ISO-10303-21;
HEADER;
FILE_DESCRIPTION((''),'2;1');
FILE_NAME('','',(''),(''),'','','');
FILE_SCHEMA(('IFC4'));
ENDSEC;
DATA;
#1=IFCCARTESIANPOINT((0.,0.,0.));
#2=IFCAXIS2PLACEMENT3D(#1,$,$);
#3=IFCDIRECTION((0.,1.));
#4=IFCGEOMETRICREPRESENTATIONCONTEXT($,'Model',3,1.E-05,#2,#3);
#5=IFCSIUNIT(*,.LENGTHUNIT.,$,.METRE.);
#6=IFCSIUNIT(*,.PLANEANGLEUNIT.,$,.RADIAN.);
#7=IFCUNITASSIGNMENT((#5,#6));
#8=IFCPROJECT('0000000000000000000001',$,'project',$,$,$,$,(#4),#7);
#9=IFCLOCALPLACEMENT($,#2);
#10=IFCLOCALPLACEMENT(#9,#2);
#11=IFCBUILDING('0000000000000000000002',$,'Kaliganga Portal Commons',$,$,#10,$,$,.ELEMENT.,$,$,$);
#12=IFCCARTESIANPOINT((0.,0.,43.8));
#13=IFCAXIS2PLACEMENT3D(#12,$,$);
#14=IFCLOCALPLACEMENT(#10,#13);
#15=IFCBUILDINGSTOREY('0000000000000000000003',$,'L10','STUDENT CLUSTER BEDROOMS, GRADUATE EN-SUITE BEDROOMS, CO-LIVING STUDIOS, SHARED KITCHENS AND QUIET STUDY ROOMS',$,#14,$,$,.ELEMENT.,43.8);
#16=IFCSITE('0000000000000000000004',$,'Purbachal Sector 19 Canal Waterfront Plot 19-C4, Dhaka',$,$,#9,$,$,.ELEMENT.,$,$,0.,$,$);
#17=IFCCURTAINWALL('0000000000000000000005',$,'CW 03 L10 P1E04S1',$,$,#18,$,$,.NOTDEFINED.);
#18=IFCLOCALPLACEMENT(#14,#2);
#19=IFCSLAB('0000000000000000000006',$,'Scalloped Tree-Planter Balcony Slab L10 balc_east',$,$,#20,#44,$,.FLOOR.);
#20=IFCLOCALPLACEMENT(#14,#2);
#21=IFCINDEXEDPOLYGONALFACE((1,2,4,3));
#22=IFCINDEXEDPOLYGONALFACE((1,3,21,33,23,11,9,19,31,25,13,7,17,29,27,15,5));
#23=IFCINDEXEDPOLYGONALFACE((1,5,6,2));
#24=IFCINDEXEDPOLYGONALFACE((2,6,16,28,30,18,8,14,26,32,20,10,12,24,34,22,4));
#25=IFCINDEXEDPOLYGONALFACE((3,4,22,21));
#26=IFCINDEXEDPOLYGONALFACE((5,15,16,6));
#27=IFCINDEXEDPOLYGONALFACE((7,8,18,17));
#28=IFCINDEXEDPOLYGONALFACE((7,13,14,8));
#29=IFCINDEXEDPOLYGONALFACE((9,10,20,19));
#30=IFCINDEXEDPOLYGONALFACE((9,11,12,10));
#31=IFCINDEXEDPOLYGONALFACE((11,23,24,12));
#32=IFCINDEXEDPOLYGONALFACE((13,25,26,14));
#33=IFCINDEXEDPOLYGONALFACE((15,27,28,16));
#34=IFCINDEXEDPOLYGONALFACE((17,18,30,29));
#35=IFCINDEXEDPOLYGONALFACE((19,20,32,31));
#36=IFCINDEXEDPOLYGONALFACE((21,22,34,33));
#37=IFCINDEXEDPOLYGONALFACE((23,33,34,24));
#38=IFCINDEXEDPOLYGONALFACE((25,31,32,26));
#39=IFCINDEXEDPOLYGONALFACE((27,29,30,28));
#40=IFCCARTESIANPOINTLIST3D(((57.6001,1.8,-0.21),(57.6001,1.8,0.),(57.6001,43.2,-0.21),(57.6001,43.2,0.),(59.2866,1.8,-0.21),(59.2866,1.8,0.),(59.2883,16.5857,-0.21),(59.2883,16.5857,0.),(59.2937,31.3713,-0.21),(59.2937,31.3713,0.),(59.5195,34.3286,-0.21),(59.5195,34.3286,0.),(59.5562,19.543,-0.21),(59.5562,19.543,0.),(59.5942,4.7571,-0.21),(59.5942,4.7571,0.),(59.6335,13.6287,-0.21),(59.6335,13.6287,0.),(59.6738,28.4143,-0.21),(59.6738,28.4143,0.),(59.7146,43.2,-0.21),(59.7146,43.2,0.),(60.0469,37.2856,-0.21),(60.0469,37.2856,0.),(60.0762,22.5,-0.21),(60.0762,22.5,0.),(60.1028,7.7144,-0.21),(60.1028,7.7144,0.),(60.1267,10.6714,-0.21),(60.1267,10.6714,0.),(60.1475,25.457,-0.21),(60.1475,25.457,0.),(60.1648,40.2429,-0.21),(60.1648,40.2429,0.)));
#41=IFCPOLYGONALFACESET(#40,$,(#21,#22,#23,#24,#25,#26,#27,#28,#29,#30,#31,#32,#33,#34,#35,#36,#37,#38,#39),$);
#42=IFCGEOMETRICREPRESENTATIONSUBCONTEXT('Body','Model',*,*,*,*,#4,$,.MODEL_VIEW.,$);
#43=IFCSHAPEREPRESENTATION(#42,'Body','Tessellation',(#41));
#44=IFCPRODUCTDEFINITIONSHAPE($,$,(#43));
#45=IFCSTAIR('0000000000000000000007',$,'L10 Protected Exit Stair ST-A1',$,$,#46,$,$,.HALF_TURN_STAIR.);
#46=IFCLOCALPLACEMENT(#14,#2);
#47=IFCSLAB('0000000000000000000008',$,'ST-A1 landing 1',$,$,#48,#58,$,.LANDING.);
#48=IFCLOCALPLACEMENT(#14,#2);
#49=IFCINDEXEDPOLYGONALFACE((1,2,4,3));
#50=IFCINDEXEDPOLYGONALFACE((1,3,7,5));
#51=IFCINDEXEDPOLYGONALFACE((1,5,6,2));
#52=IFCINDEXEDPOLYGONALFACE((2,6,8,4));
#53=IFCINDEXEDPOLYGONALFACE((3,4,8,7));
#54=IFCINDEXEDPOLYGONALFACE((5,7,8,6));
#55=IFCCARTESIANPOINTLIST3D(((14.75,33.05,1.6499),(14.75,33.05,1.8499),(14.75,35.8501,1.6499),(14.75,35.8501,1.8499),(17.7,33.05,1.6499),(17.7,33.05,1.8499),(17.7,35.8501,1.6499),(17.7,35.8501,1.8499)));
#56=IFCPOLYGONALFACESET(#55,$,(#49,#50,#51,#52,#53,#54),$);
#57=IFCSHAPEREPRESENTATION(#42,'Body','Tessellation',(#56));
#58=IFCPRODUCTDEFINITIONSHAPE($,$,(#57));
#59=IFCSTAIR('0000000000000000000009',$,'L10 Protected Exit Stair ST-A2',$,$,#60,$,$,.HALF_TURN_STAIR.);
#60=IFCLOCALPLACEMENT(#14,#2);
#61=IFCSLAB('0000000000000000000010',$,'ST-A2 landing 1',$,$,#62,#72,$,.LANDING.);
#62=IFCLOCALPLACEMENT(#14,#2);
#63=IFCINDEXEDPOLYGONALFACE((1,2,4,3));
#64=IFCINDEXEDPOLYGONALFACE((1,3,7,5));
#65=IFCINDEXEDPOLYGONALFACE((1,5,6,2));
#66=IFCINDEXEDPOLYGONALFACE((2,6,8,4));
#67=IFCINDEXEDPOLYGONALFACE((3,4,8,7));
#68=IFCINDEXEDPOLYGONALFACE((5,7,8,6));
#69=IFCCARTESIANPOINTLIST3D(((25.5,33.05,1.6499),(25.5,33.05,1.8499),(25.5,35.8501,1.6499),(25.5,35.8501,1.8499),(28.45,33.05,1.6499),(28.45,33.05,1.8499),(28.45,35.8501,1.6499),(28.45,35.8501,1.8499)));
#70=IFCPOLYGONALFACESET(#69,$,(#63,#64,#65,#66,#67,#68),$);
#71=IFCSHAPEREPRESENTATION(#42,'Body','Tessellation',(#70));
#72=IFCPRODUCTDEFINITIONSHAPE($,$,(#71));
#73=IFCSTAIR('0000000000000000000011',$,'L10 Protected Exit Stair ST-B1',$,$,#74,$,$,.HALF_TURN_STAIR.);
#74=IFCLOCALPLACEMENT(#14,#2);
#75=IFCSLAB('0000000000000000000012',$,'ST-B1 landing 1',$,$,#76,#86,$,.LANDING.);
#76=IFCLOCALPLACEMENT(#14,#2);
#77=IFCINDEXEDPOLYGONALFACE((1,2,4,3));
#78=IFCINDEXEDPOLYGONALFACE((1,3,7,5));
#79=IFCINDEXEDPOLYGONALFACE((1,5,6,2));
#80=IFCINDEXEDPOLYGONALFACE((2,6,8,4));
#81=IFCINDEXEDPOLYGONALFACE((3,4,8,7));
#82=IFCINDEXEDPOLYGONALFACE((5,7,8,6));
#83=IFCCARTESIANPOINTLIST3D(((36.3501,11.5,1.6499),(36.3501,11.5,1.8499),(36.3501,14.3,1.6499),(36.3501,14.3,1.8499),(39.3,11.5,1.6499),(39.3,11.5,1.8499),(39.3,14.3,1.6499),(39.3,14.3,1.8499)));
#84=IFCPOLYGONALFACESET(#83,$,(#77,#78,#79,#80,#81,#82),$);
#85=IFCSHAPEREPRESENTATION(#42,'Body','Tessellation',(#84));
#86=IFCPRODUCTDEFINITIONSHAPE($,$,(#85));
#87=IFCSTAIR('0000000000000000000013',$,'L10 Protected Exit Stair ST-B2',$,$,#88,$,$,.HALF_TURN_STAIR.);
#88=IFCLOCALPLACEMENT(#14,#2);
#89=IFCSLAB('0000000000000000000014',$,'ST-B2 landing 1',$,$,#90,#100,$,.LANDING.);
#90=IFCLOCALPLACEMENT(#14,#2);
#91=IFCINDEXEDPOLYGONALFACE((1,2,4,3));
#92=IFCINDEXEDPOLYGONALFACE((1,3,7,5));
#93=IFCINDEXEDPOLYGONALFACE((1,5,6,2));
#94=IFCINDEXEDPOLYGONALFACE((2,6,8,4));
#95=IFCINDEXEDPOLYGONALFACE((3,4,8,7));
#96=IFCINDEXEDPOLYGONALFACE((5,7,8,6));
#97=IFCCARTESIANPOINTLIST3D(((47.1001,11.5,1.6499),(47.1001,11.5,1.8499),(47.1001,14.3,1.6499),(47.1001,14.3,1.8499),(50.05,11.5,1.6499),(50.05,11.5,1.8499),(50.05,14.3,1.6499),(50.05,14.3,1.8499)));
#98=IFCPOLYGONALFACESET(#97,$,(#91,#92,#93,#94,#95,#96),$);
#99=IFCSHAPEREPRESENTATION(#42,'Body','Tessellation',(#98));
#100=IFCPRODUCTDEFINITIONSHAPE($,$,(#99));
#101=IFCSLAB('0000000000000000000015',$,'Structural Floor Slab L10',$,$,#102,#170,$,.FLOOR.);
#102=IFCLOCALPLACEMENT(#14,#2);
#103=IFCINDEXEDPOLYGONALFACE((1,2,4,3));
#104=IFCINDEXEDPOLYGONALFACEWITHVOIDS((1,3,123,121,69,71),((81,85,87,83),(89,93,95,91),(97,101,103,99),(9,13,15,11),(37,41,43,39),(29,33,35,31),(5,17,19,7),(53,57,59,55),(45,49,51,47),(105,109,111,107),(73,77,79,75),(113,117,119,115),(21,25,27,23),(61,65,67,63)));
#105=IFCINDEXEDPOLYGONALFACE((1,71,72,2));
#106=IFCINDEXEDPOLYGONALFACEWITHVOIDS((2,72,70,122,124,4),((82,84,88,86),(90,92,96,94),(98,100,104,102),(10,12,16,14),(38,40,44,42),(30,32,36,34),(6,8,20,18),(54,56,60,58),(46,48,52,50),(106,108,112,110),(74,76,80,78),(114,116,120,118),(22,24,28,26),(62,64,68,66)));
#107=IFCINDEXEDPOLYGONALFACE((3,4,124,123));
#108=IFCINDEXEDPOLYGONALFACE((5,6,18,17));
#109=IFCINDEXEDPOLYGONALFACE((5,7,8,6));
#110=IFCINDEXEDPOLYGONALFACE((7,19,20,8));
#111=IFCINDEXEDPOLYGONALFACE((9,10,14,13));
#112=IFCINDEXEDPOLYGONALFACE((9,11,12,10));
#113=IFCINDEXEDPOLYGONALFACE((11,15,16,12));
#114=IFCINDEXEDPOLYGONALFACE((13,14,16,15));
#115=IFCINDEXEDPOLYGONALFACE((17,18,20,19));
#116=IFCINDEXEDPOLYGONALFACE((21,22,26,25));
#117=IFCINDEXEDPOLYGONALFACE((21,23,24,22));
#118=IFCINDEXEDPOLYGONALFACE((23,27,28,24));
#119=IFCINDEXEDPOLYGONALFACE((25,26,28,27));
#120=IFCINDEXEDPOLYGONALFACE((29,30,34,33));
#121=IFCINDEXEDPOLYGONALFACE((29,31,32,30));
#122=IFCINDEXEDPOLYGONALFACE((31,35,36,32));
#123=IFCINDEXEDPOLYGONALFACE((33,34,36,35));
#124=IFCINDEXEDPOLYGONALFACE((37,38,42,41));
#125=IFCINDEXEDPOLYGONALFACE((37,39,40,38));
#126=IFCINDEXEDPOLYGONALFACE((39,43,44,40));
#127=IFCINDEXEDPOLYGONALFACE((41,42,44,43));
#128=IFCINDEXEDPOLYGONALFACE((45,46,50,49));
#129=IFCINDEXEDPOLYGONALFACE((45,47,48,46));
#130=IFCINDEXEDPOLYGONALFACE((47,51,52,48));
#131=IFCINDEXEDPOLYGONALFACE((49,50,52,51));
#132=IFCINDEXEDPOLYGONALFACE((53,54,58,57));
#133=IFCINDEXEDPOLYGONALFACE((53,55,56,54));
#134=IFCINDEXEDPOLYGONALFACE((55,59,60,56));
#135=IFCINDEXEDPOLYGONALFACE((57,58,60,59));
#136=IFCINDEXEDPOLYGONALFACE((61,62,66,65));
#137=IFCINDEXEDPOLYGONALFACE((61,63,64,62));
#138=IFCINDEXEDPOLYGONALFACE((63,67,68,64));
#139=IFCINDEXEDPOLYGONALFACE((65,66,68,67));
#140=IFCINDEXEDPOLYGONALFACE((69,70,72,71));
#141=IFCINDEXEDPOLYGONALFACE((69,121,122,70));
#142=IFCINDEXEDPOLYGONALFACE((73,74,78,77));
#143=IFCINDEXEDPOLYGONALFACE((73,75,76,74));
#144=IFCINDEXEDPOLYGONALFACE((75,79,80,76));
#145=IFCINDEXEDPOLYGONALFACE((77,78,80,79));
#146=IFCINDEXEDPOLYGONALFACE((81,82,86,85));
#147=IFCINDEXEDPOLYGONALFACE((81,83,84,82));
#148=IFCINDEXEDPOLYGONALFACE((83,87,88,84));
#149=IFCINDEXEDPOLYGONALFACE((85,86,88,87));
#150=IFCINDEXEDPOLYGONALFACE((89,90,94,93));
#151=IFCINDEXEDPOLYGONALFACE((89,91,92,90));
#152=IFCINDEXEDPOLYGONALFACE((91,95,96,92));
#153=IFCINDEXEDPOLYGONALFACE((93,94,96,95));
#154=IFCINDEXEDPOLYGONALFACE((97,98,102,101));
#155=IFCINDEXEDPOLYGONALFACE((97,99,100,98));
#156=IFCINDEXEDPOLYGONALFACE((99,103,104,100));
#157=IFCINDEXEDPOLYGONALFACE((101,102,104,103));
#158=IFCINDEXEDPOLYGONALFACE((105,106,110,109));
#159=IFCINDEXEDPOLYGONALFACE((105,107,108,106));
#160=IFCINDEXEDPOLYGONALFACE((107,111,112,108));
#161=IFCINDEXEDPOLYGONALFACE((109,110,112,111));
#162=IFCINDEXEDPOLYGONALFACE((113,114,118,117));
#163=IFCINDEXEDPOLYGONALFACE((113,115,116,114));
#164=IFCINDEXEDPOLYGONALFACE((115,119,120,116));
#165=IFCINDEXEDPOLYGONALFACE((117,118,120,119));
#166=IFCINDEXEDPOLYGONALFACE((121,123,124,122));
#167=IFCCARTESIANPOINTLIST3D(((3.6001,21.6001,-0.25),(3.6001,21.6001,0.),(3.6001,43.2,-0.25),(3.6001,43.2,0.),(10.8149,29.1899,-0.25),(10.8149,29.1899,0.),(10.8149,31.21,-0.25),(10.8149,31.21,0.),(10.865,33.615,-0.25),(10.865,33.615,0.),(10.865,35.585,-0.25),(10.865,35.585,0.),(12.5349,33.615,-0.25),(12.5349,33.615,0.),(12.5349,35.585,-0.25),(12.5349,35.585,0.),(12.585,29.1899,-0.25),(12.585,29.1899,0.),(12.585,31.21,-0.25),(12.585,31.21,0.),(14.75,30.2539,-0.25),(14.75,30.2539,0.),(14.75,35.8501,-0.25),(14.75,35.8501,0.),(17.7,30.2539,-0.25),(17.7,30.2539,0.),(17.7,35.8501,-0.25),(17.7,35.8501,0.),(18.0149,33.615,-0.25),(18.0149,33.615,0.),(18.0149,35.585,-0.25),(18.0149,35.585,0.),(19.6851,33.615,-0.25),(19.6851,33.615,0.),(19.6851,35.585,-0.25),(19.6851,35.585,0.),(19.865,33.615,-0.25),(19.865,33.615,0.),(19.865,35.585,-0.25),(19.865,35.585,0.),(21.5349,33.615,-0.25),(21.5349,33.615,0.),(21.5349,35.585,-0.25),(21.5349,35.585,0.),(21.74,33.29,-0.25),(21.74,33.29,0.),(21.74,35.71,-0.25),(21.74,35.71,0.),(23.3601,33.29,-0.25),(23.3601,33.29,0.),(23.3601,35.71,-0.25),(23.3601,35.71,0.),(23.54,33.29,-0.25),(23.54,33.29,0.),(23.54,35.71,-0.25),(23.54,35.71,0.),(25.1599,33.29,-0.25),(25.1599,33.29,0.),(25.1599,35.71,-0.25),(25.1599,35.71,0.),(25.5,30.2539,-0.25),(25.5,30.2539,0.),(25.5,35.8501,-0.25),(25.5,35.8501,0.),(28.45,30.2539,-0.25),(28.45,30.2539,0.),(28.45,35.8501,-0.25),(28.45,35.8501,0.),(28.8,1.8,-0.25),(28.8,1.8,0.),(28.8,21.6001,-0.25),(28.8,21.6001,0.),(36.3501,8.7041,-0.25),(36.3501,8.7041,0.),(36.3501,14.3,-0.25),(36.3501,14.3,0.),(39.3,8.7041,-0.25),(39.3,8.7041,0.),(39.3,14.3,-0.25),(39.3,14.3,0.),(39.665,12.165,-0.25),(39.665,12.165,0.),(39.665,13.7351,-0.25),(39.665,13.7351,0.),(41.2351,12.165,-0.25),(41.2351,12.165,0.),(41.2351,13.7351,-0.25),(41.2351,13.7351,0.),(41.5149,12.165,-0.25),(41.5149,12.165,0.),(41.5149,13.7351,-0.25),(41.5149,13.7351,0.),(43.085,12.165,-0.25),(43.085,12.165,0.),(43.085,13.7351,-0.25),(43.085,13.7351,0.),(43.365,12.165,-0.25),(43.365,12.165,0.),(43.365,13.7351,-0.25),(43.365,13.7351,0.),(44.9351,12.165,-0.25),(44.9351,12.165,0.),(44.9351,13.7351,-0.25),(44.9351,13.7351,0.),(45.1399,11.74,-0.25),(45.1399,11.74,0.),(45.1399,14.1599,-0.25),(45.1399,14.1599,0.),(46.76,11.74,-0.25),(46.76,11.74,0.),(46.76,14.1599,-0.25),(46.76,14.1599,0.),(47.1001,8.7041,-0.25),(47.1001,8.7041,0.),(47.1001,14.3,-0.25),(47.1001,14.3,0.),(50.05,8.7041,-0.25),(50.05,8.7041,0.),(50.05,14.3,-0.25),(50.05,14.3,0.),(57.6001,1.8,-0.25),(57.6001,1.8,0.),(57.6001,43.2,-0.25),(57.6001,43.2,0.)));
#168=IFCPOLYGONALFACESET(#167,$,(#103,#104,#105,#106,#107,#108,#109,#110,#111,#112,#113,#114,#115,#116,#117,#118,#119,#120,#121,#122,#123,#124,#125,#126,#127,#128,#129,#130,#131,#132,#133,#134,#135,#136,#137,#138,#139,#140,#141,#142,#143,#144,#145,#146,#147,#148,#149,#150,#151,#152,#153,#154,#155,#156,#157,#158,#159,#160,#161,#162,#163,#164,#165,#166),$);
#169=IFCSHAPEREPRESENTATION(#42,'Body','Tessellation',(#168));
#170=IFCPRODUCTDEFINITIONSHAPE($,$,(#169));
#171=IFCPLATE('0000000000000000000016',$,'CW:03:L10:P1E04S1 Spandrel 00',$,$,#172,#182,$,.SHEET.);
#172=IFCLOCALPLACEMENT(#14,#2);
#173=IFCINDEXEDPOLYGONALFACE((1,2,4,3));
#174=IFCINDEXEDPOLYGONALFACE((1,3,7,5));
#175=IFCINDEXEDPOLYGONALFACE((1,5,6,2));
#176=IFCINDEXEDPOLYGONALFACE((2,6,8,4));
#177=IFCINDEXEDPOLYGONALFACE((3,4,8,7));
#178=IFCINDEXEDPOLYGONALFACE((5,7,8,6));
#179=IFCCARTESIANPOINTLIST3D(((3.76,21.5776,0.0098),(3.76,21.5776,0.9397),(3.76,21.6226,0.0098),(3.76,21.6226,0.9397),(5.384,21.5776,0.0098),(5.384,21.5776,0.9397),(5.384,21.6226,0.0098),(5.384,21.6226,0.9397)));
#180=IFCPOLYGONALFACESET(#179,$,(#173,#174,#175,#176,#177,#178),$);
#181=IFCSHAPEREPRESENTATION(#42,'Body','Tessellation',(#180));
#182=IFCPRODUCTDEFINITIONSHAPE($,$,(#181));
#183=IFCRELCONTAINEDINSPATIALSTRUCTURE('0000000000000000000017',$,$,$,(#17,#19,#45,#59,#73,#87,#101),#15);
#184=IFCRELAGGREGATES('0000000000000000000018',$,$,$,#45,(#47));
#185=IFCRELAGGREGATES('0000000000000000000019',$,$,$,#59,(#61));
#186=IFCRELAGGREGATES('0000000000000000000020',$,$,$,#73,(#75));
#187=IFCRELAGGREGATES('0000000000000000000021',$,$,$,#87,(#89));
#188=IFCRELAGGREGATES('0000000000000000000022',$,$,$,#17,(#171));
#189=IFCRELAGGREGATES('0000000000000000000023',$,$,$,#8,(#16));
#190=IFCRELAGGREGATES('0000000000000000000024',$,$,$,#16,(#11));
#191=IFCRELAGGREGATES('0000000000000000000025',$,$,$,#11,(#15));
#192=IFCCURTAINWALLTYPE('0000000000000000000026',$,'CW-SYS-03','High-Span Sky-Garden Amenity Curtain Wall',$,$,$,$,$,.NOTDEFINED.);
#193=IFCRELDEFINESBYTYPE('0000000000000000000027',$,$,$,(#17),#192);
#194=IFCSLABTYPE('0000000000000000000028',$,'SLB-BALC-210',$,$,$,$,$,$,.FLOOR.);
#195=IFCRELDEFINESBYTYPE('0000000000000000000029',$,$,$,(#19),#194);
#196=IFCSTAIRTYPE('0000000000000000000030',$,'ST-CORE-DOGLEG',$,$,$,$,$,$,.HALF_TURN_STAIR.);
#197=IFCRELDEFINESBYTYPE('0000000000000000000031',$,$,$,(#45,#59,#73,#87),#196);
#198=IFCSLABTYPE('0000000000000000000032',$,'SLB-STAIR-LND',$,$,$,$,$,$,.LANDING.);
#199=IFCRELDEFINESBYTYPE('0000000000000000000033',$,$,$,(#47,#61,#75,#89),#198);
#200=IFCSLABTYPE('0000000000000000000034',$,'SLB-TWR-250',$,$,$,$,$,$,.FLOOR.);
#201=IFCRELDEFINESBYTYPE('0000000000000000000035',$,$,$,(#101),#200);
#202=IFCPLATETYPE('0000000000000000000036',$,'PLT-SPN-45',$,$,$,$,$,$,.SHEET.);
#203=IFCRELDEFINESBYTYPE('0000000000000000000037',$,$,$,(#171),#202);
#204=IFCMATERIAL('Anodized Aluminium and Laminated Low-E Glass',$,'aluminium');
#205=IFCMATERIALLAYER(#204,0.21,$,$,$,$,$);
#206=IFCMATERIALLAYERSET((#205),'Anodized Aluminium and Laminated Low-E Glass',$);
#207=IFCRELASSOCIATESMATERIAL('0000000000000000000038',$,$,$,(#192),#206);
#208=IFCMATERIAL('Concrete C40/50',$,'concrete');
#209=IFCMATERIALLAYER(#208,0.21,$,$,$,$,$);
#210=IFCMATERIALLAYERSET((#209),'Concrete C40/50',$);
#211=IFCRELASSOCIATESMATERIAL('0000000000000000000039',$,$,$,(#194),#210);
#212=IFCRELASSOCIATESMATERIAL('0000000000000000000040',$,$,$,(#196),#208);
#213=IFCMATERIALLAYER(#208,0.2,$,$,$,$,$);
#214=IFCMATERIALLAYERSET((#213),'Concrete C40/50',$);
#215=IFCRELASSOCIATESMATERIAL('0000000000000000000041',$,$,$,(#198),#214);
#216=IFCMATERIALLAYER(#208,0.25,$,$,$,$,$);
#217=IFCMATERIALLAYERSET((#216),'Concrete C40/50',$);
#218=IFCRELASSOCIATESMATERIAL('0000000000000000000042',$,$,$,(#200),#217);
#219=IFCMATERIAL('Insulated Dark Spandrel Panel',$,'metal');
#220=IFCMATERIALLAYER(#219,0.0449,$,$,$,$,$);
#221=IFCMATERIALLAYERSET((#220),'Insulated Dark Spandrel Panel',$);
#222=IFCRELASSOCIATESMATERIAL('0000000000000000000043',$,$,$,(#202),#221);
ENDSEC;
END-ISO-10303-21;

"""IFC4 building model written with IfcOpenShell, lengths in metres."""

from ifc_helpers import new_model, si_unit, direction, frame, origin, origin_2d, place, context, subcontext, project, spatial, polyline, rectangle, outline, extrude, source, transform, mapped, material, layer, layer_set, type_object, element, aggregate, save


model = new_model("IFC4")

# Units and contexts
model_context = context("Model", 3, precision=1e-05, world=origin(), true_north=direction((0.0, 1.0)))
body_context = subcontext(model_context, "Body", "Model", "MODEL_VIEW")
ifc_project = project(units=[si_unit("LENGTHUNIT", "METRE"), si_unit("PLANEANGLEUNIT", "RADIAN")], contexts=[model_context])

# Site, building, storey
site_placement = place(None, origin())
site = spatial("IfcSite", under=ifc_project, at=site_placement, Name="Purbachal Sector 19 Canal Waterfront Plot 19-C4, Dhaka", CompositionType="ELEMENT", RefElevation=0.0)
building_placement = place(site_placement, origin())
building = spatial("IfcBuilding", under=site, at=building_placement, Name="Kaliganga Portal Commons", CompositionType="ELEMENT")
storey_placement = place(building_placement, frame((0.0, 0.0, 43.8)))
storey = spatial("IfcBuildingStorey", under=building, at=storey_placement, Name="L10", Description="STUDENT CLUSTER BEDROOMS, GRADUATE EN-SUITE BEDROOMS, CO-LIVING STUDIOS, SHARED KITCHENS AND QUIET STUDY ROOMS", CompositionType="ELEMENT", Elevation=43.8)

# Curtain wall
ifc_material_1 = material(Name="Anodized Aluminium and Laminated Low-E Glass", Category="aluminium")
ifc_layer_1 = layer(ifc_material_1, 0.21)
ifc_layer_set_1 = layer_set([ifc_layer_1], Name="Anodized Aluminium and Laminated Low-E Glass")
curtain_wall_type = type_object("IfcCurtainWallType", Name="CW-SYS-03", Description="High-Span Sky-Garden Amenity Curtain Wall", PredefinedType="NOTDEFINED", material=ifc_layer_set_1)
curtain_wall_placement = place(storey_placement, origin())
curtain_wall = element("IfcCurtainWall", 1, at=curtain_wall_placement, inside=storey, type_object=curtain_wall_type, Name="CW 03 L10 P1E04S1", PredefinedType="NOTDEFINED")

# Slab
ifc_material_2 = material(Name="Concrete C40/50", Category="concrete")
ifc_layer_2 = layer(ifc_material_2, 0.21)
ifc_layer_set_2 = layer_set([ifc_layer_2], Name="Concrete C40/50")
slab_type_1 = type_object("IfcSlabType", Name="SLB-BALC-210", PredefinedType="FLOOR", material=ifc_layer_set_2)
slab_1_placement = place(storey_placement, frame((0.0, 0.0, -0.21)))
element("IfcSlab", 2, at=slab_1_placement, inside=storey, type_object=slab_type_1, Name="Scalloped Tree-Planter Balcony Slab L10 balc_east", PredefinedType="FLOOR", context=body_context, shape_type="SweptSolid", body=[
    extrude(outline(polyline([(57.6001, 1.8), (59.2866, 1.8), (59.5942, 4.7571), (60.1028, 7.7144), (60.1267, 10.6714), (59.6335, 13.6287), (59.2883, 16.5857), (59.5562, 19.543), (60.0762, 22.5), (60.1475, 25.457), (59.6738, 28.4143), (59.2937, 31.3713), (59.5195, 34.3286), (60.0469, 37.2856), (60.1648, 40.2429), (59.7146, 43.2), (57.6001, 43.2), (57.6001, 1.8)])), origin(), (0.0, 0.0, 1.0), 0.21),
])

# Stairs, slabs
stair_type = type_object("IfcStairType", Name="ST-CORE-DOGLEG", PredefinedType="HALF_TURN_STAIR", material=ifc_material_2)
stair_1_placement = place(storey_placement, origin())
stair_1 = element("IfcStair", 3, at=stair_1_placement, inside=storey, type_object=stair_type, Name="L10 Protected Exit Stair ST-A1", PredefinedType="HALF_TURN_STAIR")
ifc_layer_3 = layer(ifc_material_2, 0.2)
ifc_layer_set_3 = layer_set([ifc_layer_3], Name="Concrete C40/50")
slab_type_2 = type_object("IfcSlabType", Name="SLB-STAIR-LND", PredefinedType="LANDING", material=ifc_layer_set_3)
slab_2_placement = place(storey_placement, frame((0.0, 0.0, 1.6499)))
slab_2 = element("IfcSlab", 4, at=slab_2_placement, type_object=slab_type_2, Name="ST-A1 landing 1", PredefinedType="LANDING", context=body_context, shape_type="SweptSolid", body=[
    extrude(outline(polyline([(17.7, 33.05), (17.7, 35.8501), (14.75, 35.8501), (14.75, 33.05), (17.7, 33.05)])), origin(), (0.0, 0.0, 1.0), 0.2),
])
aggregate(stair_1, [slab_2])
stair_2_placement = place(storey_placement, origin())
stair_2 = element("IfcStair", 5, at=stair_2_placement, inside=storey, type_object=stair_type, Name="L10 Protected Exit Stair ST-A2", PredefinedType="HALF_TURN_STAIR")
slab_3_placement = place(storey_placement, frame((0.0, 0.0, 1.6499)))
slab_3 = element("IfcSlab", 6, at=slab_3_placement, type_object=slab_type_2, Name="ST-A2 landing 1", PredefinedType="LANDING", context=body_context, shape_type="SweptSolid", body=[
    extrude(outline(polyline([(28.45, 33.05), (28.45, 35.8501), (25.5, 35.8501), (25.5, 33.05), (28.45, 33.05)])), origin(), (0.0, 0.0, 1.0), 0.2),
])
aggregate(stair_2, [slab_3])
stair_3_placement = place(storey_placement, origin())
stair_3 = element("IfcStair", 7, at=stair_3_placement, inside=storey, type_object=stair_type, Name="L10 Protected Exit Stair ST-B1", PredefinedType="HALF_TURN_STAIR")
slab_4_placement = place(storey_placement, frame((0.0, 0.0, 1.6499)))
slab_4 = element("IfcSlab", 8, at=slab_4_placement, type_object=slab_type_2, Name="ST-B1 landing 1", PredefinedType="LANDING", context=body_context, shape_type="SweptSolid", body=[
    extrude(outline(polyline([(39.3, 11.5), (39.3, 14.3), (36.3501, 14.3), (36.3501, 11.5), (39.3, 11.5)])), origin(), (0.0, 0.0, 1.0), 0.2),
])
aggregate(stair_3, [slab_4])
stair_4_placement = place(storey_placement, origin())
stair_4 = element("IfcStair", 9, at=stair_4_placement, inside=storey, type_object=stair_type, Name="L10 Protected Exit Stair ST-B2", PredefinedType="HALF_TURN_STAIR")
slab_5_placement = place(storey_placement, frame((0.0, 0.0, 1.6499)))
slab_5 = element("IfcSlab", 10, at=slab_5_placement, type_object=slab_type_2, Name="ST-B2 landing 1", PredefinedType="LANDING", context=body_context, shape_type="SweptSolid", body=[
    extrude(outline(polyline([(50.05, 11.5), (50.05, 14.3), (47.1001, 14.3), (47.1001, 11.5), (50.05, 11.5)])), origin(), (0.0, 0.0, 1.0), 0.2),
])
aggregate(stair_4, [slab_5])

# Slab
ifc_layer_4 = layer(ifc_material_2, 0.25)
ifc_layer_set_4 = layer_set([ifc_layer_4], Name="Concrete C40/50")
slab_type_3 = type_object("IfcSlabType", Name="SLB-TWR-250", PredefinedType="FLOOR", material=ifc_layer_set_4)
slab_6_placement = place(storey_placement, frame((0.0, 0.0, -0.25)))
element("IfcSlab", 11, at=slab_6_placement, inside=storey, type_object=slab_type_3, Name="Structural Floor Slab L10", PredefinedType="FLOOR", context=body_context, shape_type="SweptSolid", body=[
    extrude(outline(polyline([(28.8, 1.8), (57.6001, 1.8), (57.6001, 43.2), (3.6001, 43.2), (3.6001, 21.6001), (28.8, 21.6001), (28.8, 1.8)]), holes=[polyline([(14.75, 30.2539), (14.75, 35.8501), (17.7, 35.8501), (17.7, 30.2539), (14.75, 30.2539)]), polyline([(25.5, 30.2539), (25.5, 35.8501), (28.45, 35.8501), (28.45, 30.2539), (25.5, 30.2539)]), polyline([(36.3501, 8.7041), (36.3501, 14.3), (39.3, 14.3), (39.3, 8.7041), (36.3501, 8.7041)]), polyline([(47.1001, 8.7041), (47.1001, 14.3), (50.05, 14.3), (50.05, 8.7041), (47.1001, 8.7041)]), polyline([(18.0149, 33.615), (18.0149, 35.585), (19.6851, 35.585), (19.6851, 33.615), (18.0149, 33.615)]), polyline([(19.865, 33.615), (19.865, 35.585), (21.5349, 35.585), (21.5349, 33.615), (19.865, 33.615)]), polyline([(10.8149, 29.1899), (10.8149, 31.21), (12.585, 31.21), (12.585, 29.1899), (10.8149, 29.1899)]), polyline([(10.865, 33.615), (10.865, 35.585), (12.5349, 35.585), (12.5349, 33.615), (10.865, 33.615)]), polyline([(21.74, 33.29), (21.74, 35.71), (23.3601, 35.71), (23.3601, 33.29), (21.74, 33.29)]), polyline([(23.54, 33.29), (23.54, 35.71), (25.1599, 35.71), (25.1599, 33.29), (23.54, 33.29)]), polyline([(39.665, 12.165), (39.665, 13.7351), (41.2351, 13.7351), (41.2351, 12.165), (39.665, 12.165)]), polyline([(41.5149, 12.165), (41.5149, 13.7351), (43.085, 13.7351), (43.085, 12.165), (41.5149, 12.165)]), polyline([(43.365, 12.165), (43.365, 13.7351), (44.9351, 13.7351), (44.9351, 12.165), (43.365, 12.165)]), polyline([(45.1399, 11.74), (45.1399, 14.1599), (46.76, 14.1599), (46.76, 11.74), (45.1399, 11.74)])]), origin(), (0.0, 0.0, 1.0), 0.25),
])

# Plate
ifc_material_3 = material(Name="Insulated Dark Spandrel Panel", Category="metal")
ifc_layer_5 = layer(ifc_material_3, 0.0449)
ifc_layer_set_5 = layer_set([ifc_layer_5], Name="Insulated Dark Spandrel Panel")
plate_type_1 = type_object("IfcPlateType", Name="PLT-SPN-45", PredefinedType="SHEET", material=ifc_layer_set_5)
shared_shape_1 = source(origin(), body_context, "Body", "SweptSolid", [
    extrude(rectangle(XDim=1.624, YDim=0.0449, at=origin_2d()), origin(), (0.0, 0.0, 1.0), 0.9299),
])
plate_1_placement = place(storey_placement, frame((4.572, 21.6001, 0.0098), z_axis=(0.0, 0.0, 1.0), x_axis=(1.0, 0.0, 0.0)))
plate_1 = element("IfcPlate", 12, at=plate_1_placement, type_object=plate_type_1, Name="CW:03:L10:P1E04S1 Spandrel 00", PredefinedType="SHEET", context=body_context, shape_type="MappedRepresentation", body=[
    mapped(shared_shape_1, transform((0.0, 0.0, 0.0), x_axis=(1.0, 0.0, 0.0), y_axis=(0.0, 1.0, 0.0), z_axis=(0.0, 0.0, 1.0), scale=1.0)),
])
aggregate(curtain_wall, [plate_1])

save(model, "model.ifc")
